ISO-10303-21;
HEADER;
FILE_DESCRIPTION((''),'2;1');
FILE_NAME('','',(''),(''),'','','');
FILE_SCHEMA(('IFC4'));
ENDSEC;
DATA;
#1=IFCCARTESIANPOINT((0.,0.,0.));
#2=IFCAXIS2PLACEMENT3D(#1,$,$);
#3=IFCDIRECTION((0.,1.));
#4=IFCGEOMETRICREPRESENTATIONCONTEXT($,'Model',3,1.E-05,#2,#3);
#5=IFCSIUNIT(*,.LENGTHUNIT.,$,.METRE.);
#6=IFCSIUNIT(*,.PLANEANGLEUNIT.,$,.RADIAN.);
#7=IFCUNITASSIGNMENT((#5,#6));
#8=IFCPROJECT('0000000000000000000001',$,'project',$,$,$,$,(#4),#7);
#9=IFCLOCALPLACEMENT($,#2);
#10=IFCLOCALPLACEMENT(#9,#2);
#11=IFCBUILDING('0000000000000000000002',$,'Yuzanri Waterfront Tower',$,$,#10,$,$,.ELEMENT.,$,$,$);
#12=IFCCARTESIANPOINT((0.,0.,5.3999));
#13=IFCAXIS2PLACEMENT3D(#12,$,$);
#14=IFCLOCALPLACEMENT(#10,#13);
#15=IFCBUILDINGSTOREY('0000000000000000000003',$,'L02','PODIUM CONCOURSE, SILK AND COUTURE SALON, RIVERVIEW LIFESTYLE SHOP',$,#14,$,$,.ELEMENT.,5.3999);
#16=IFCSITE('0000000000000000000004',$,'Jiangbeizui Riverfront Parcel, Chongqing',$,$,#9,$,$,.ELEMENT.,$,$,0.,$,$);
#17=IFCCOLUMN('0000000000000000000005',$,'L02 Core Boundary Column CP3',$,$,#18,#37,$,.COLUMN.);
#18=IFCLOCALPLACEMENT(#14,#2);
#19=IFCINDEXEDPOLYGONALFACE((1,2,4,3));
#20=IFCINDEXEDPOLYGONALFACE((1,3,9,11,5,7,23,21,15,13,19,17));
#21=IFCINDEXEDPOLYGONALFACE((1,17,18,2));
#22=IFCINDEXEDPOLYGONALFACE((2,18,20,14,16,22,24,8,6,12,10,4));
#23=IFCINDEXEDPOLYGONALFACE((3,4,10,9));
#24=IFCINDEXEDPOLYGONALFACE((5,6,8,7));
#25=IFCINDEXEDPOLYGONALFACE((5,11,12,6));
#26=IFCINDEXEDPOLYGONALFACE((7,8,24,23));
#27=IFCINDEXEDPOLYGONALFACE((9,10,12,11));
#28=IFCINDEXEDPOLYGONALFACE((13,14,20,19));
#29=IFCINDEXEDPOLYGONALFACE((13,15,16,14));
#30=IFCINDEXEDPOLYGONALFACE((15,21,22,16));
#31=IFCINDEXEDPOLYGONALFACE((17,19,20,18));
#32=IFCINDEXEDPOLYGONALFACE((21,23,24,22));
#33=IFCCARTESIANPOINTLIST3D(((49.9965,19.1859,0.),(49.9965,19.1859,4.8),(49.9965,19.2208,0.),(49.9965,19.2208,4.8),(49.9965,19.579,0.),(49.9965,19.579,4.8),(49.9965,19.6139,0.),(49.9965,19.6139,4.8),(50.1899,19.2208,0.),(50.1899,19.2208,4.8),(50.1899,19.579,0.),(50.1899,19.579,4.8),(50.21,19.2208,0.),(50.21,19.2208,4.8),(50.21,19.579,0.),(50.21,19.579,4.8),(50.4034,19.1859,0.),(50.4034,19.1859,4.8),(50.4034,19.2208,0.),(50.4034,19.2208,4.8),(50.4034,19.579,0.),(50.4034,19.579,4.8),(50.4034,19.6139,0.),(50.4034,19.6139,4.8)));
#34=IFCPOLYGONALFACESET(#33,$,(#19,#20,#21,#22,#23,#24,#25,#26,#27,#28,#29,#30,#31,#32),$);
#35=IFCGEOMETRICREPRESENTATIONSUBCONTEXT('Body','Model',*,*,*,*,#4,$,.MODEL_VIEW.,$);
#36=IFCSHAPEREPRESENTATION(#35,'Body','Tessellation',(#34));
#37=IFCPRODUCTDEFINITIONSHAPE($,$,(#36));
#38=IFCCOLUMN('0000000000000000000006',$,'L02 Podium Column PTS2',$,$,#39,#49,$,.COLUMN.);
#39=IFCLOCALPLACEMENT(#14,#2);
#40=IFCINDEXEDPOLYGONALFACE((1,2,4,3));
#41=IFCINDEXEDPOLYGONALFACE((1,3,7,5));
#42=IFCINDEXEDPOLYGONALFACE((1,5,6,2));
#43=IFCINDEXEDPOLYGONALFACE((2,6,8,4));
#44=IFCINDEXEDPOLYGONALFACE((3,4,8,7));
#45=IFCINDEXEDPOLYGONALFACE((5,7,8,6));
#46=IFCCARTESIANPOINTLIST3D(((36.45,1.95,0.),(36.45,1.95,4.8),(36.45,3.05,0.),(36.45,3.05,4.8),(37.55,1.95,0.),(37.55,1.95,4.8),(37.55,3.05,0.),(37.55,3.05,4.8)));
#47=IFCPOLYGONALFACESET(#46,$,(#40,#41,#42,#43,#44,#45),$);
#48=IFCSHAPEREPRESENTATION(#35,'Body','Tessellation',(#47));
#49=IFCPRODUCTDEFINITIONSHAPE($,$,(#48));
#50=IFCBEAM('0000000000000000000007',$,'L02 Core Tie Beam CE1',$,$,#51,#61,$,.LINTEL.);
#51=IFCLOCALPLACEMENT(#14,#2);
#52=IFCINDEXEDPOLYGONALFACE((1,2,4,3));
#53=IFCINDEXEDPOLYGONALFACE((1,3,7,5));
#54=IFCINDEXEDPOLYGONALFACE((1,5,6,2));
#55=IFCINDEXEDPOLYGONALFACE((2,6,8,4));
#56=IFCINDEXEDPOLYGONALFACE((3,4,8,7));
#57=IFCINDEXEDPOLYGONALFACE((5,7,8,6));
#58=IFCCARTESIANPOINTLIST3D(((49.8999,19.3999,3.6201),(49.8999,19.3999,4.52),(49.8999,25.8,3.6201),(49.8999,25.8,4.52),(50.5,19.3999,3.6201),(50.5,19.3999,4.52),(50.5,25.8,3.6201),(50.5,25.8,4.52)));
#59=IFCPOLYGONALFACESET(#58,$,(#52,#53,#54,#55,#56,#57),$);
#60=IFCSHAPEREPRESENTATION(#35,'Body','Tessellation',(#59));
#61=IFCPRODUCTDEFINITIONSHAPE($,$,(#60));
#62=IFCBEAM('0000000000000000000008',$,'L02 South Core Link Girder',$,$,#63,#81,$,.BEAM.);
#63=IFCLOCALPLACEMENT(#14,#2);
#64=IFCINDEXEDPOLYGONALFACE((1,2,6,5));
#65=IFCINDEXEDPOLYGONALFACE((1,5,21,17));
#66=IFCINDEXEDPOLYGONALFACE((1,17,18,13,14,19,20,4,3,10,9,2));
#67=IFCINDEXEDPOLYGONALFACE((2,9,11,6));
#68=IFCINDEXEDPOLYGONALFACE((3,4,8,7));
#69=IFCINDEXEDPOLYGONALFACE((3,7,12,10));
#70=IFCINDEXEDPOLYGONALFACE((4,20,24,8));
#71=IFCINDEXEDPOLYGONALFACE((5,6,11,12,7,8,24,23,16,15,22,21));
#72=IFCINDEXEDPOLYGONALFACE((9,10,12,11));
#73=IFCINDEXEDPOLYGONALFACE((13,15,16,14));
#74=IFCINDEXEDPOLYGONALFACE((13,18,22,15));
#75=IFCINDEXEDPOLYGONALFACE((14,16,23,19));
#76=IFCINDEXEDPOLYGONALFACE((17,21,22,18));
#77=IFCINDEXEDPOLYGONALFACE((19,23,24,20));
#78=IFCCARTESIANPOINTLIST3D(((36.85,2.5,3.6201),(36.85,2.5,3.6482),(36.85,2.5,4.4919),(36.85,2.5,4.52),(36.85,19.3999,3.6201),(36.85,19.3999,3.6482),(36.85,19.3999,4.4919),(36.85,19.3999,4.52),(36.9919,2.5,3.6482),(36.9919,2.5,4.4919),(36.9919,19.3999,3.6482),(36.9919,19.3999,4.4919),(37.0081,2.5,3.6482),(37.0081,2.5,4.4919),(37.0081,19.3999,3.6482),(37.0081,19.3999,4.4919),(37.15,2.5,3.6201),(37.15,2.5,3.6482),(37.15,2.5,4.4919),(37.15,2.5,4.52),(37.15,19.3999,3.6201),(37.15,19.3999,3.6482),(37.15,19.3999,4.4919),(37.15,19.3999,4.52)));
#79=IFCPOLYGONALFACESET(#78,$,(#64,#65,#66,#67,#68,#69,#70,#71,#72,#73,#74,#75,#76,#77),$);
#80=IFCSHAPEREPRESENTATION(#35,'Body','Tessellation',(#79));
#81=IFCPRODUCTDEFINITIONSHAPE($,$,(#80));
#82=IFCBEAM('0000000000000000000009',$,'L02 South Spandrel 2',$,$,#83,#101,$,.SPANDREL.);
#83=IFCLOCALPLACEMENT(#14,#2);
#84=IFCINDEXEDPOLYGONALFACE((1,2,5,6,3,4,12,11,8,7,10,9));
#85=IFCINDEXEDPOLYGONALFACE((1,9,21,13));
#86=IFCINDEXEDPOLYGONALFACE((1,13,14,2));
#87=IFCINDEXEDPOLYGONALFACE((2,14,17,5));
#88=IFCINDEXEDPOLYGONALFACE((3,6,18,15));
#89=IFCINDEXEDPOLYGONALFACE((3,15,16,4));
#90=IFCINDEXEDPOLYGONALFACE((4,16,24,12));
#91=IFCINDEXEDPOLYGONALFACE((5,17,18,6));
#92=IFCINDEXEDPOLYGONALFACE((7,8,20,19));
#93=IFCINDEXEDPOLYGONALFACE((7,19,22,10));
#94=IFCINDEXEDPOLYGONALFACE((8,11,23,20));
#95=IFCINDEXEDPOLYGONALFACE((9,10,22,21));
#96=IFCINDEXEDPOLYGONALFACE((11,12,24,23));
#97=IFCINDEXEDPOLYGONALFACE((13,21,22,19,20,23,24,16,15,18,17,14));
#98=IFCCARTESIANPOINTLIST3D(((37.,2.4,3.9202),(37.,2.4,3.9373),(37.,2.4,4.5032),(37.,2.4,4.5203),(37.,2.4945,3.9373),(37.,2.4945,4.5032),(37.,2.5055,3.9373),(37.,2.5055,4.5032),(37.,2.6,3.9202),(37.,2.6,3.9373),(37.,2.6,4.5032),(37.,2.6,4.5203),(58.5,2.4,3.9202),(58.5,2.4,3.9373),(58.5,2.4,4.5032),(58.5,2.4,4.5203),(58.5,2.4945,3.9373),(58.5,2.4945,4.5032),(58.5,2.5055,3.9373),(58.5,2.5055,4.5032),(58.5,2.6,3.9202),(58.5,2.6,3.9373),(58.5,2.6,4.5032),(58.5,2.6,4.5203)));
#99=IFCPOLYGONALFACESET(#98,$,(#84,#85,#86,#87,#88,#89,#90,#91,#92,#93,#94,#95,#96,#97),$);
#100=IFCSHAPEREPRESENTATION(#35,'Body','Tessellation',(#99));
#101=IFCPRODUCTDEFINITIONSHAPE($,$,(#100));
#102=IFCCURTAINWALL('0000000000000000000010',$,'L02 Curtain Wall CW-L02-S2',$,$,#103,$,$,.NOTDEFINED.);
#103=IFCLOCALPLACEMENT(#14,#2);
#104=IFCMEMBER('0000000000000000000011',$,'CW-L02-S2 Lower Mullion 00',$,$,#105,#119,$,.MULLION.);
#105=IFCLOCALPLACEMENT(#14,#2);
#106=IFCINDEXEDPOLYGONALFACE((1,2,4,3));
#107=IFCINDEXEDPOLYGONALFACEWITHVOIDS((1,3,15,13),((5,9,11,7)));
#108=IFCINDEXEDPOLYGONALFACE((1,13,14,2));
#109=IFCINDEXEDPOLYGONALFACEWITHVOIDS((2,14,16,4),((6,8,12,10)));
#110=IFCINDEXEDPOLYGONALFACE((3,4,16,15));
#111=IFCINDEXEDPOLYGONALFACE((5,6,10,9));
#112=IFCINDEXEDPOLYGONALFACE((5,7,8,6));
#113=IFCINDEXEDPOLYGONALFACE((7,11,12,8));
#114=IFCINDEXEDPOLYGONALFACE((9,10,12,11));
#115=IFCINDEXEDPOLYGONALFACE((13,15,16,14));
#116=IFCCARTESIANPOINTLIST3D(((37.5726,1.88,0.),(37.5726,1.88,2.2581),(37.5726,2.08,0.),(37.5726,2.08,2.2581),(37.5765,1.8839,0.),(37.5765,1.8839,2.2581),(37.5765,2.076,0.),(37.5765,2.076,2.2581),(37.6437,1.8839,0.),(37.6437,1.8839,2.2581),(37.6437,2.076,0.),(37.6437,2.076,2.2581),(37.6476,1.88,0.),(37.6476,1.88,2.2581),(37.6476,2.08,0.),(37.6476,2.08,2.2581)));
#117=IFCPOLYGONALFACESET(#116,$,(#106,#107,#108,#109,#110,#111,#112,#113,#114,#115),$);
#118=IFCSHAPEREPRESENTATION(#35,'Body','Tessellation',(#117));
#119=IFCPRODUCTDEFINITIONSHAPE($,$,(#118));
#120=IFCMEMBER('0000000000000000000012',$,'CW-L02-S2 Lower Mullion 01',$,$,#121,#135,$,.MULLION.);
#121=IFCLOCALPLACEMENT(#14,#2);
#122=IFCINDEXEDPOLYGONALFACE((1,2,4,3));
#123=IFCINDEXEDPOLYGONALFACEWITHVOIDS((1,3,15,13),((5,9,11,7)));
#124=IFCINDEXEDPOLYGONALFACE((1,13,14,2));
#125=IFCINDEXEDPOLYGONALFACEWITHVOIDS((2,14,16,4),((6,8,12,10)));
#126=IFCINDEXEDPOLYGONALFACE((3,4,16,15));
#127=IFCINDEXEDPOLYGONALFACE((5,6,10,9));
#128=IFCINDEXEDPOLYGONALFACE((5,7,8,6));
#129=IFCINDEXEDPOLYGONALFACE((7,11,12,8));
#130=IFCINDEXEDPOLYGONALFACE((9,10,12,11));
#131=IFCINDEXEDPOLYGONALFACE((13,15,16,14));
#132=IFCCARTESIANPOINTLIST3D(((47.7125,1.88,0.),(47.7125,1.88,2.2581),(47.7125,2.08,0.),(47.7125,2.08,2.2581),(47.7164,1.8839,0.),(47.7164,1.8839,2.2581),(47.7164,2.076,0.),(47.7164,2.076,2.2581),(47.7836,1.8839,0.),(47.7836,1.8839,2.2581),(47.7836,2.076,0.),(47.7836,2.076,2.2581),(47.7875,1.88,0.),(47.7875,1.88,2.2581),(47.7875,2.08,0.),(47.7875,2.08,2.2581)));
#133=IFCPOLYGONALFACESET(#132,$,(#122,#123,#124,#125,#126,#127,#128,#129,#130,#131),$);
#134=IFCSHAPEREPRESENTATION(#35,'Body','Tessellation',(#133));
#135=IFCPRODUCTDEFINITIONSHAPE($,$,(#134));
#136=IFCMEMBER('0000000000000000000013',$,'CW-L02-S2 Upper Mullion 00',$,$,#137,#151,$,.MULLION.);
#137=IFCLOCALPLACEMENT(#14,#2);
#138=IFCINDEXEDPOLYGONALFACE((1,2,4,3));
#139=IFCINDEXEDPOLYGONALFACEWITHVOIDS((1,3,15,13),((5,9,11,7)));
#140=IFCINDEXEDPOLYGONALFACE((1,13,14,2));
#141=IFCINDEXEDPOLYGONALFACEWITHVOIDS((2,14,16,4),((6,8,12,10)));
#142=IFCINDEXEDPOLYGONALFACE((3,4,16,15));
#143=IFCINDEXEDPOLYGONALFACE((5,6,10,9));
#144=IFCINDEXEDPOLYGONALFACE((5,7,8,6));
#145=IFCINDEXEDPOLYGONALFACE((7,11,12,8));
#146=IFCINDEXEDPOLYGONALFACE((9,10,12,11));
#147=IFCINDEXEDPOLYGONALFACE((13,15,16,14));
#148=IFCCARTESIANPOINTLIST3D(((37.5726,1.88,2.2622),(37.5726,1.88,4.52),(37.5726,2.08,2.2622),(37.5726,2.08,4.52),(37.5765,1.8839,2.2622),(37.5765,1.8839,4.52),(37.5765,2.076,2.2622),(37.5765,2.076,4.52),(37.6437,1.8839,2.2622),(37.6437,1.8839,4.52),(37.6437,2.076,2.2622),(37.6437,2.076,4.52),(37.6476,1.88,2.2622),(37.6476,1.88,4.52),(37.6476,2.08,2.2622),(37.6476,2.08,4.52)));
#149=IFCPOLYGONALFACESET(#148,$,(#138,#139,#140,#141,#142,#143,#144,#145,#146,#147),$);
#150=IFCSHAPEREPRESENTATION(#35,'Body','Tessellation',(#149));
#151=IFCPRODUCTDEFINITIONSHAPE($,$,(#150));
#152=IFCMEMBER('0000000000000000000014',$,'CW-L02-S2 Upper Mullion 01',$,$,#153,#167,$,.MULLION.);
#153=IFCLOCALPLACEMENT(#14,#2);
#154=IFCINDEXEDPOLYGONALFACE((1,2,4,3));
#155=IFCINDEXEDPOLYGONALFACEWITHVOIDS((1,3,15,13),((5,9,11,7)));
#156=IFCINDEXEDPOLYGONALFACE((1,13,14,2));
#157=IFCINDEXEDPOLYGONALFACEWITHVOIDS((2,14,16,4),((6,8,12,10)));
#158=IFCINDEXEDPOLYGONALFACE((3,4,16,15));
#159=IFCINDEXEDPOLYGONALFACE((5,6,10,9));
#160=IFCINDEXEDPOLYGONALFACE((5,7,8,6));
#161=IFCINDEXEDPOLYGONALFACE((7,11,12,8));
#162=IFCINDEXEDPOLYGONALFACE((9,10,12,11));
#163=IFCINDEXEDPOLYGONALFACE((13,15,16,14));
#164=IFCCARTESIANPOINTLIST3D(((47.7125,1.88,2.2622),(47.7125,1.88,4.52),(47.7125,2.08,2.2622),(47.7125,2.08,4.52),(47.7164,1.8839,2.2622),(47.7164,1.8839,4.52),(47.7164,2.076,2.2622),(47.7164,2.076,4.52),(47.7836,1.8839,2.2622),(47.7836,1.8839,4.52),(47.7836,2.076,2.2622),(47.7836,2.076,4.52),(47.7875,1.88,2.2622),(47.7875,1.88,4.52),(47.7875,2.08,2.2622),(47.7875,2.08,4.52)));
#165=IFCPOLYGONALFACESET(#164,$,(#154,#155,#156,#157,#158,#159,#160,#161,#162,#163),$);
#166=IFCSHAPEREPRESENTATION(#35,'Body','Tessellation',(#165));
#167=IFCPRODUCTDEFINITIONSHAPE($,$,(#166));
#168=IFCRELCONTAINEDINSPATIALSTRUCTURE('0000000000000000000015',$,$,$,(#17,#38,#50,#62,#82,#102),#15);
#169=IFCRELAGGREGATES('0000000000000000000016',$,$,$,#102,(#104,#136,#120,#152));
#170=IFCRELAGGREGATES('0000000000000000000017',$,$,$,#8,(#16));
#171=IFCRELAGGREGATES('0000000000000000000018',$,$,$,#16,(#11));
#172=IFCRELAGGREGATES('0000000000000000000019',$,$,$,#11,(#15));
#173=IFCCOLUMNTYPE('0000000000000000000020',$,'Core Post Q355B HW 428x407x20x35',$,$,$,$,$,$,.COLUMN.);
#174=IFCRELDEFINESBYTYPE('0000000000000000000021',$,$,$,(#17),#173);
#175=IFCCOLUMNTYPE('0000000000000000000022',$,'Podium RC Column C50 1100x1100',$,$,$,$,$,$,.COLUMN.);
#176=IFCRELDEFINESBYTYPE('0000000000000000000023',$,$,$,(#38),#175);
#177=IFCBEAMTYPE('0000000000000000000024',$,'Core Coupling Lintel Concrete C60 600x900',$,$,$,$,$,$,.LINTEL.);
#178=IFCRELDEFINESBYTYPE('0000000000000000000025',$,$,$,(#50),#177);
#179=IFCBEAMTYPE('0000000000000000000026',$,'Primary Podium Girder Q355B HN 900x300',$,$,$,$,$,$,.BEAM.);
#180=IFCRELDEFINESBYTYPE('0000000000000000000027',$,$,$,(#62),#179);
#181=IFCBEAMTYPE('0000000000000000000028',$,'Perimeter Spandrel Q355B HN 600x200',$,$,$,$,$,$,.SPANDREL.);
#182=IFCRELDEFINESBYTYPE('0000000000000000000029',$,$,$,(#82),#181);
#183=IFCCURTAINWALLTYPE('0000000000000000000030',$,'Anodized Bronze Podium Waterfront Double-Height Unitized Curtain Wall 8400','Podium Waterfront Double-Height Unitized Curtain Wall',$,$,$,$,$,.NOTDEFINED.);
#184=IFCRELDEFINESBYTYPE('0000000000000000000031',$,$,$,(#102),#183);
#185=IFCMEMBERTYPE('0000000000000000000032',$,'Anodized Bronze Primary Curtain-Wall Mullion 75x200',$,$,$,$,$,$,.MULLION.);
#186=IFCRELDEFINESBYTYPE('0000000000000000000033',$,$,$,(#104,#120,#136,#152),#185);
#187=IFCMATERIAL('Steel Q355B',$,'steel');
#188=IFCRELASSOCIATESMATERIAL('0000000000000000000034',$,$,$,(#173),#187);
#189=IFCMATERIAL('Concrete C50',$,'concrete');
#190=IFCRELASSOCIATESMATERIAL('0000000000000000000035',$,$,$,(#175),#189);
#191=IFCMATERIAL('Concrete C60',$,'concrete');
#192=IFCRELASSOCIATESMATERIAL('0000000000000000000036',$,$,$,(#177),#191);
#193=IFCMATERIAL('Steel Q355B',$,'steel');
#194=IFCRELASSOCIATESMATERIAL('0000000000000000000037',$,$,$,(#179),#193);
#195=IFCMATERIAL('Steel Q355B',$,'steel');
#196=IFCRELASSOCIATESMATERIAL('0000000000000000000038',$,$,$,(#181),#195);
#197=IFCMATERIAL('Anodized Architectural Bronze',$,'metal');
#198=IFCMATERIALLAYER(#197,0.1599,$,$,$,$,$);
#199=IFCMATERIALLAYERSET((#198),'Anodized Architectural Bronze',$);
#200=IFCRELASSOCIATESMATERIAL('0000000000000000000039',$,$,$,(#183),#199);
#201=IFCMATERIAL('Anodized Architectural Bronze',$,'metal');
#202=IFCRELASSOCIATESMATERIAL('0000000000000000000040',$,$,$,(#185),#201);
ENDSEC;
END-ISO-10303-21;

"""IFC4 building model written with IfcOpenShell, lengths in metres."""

from ifc_helpers import new_model, si_unit, direction, frame, origin, origin_2d, place, context, subcontext, project, spatial, rectangle, hollow_rectangle, i_section, extrude, source, transform, mapped, material, layer, layer_set, material_profile, profile_set, type_object, element, aggregate, save


model = new_model("IFC4")

# Units and contexts
model_context = context("Model", 3, precision=1e-05, world=origin(), true_north=direction((0.0, 1.0)))
body_context = subcontext(model_context, "Body", "Model", "MODEL_VIEW")
ifc_project = project(units=[si_unit("LENGTHUNIT", "METRE"), si_unit("PLANEANGLEUNIT", "RADIAN")], contexts=[model_context])

# Site, building, storey
site_placement = place(None, origin())
site = spatial("IfcSite", under=ifc_project, at=site_placement, Name="Jiangbeizui Riverfront Parcel, Chongqing", CompositionType="ELEMENT", RefElevation=0.0)
building_placement = place(site_placement, origin())
building = spatial("IfcBuilding", under=site, at=building_placement, Name="Yuzanri Waterfront Tower", CompositionType="ELEMENT")
storey_placement = place(building_placement, frame((0.0, 0.0, 5.3999)))
storey = spatial("IfcBuildingStorey", under=building, at=storey_placement, Name="L02", Description="PODIUM CONCOURSE, SILK AND COUTURE SALON, RIVERVIEW LIFESTYLE SHOP", CompositionType="ELEMENT", Elevation=5.3999)

# Columns
ifc_material_1 = material(Name="Steel Q355B", Category="steel")
ifc_material_profile_1 = material_profile(ifc_material_1, i_section(OverallWidth=0.407, OverallDepth=0.428, WebThickness=0.02, FlangeThickness=0.0349, at=origin_2d()), Name="HW 428x407x20x35")
ifc_profile_set_1 = profile_set([ifc_material_profile_1], Name="Steel Q355B")
column_type_1 = type_object("IfcColumnType", Name="Core Post Q355B HW 428x407x20x35", PredefinedType="COLUMN", material=ifc_profile_set_1)
shared_shape_1 = source(origin(), body_context, "Body", "SweptSolid", [
    extrude(i_section(OverallWidth=0.407, OverallDepth=0.428, WebThickness=0.02, FlangeThickness=0.0349, at=origin_2d()), origin(), (0.0, 0.0, 1.0), 4.8),
])
column_1_placement = place(storey_placement, frame((50.2, 19.3999, 0.0), z_axis=(0.0, 0.0, 1.0), x_axis=(1.0, 0.0, 0.0)))
element("IfcColumn", 1, at=column_1_placement, inside=storey, type_object=column_type_1, Name="L02 Core Boundary Column CP3", PredefinedType="COLUMN", context=body_context, shape_type="MappedRepresentation", body=[
    mapped(shared_shape_1, transform((0.0, 0.0, 0.0), scale=1.0)),
])
ifc_material_2 = material(Name="Concrete C50", Category="concrete")
ifc_material_profile_2 = material_profile(ifc_material_2, rectangle(XDim=1.1001, YDim=1.1001, at=origin_2d()), Name="RC 1100x1100")
ifc_profile_set_2 = profile_set([ifc_material_profile_2], Name="Concrete C50")
column_type_2 = type_object("IfcColumnType", Name="Podium RC Column C50 1100x1100", PredefinedType="COLUMN", material=ifc_profile_set_2)
shared_shape_2 = source(origin(), body_context, "Body", "SweptSolid", [
    extrude(rectangle(XDim=1.1001, YDim=1.1001, at=origin_2d()), origin(), (0.0, 0.0, 1.0), 4.8),
])
column_2_placement = place(storey_placement, frame((37.0, 2.5, 0.0), z_axis=(0.0, 0.0, 1.0), x_axis=(1.0, 0.0, 0.0)))
element("IfcColumn", 2, at=column_2_placement, inside=storey, type_object=column_type_2, Name="L02 Podium Column PTS2", PredefinedType="COLUMN", context=body_context, shape_type="MappedRepresentation", body=[
    mapped(shared_shape_2, transform((0.0, 0.0, 0.0), scale=1.0)),
])

# Beams
ifc_material_3 = material(Name="Concrete C60", Category="concrete")
ifc_material_profile_3 = material_profile(ifc_material_3, rectangle(XDim=0.6001, YDim=0.8999, at=origin_2d()), Name="RC 600x900")
ifc_profile_set_3 = profile_set([ifc_material_profile_3], Name="Concrete C60")
beam_type_1 = type_object("IfcBeamType", Name="Core Coupling Lintel Concrete C60 600x900", PredefinedType="LINTEL", material=ifc_profile_set_3)
shared_shape_3 = source(origin(), body_context, "Body", "SweptSolid", [
    extrude(rectangle(XDim=0.6001, YDim=0.8999, at=origin_2d()), origin(), (0.0, 0.0, 1.0), 6.4001),
])
beam_1_placement = place(storey_placement, frame((50.2, 19.3999, 4.0701), z_axis=(0.0, 1.0, 0.0), x_axis=(-1.0, 0.0, 0.0)))
element("IfcBeam", 3, at=beam_1_placement, inside=storey, type_object=beam_type_1, Name="L02 Core Tie Beam CE1", PredefinedType="LINTEL", context=body_context, shape_type="MappedRepresentation", body=[
    mapped(shared_shape_3, transform((0.0, 0.0, 0.0), scale=1.0)),
])
ifc_material_4 = material(Name="Steel Q355B", Category="steel")
ifc_material_profile_4 = material_profile(ifc_material_4, i_section(OverallWidth=0.3, OverallDepth=0.8999, WebThickness=0.0161, FlangeThickness=0.0281, at=origin_2d()), Name="HN 900x300x16x28")
ifc_profile_set_4 = profile_set([ifc_material_profile_4], Name="Steel Q355B")
beam_type_2 = type_object("IfcBeamType", Name="Primary Podium Girder Q355B HN 900x300", PredefinedType="BEAM", material=ifc_profile_set_4)
shared_shape_4 = source(origin(), body_context, "Body", "SweptSolid", [
    extrude(i_section(OverallWidth=0.3, OverallDepth=0.8999, WebThickness=0.0161, FlangeThickness=0.0281, at=origin_2d()), origin(), (0.0, 0.0, 1.0), 16.8999),
])
beam_2_placement = place(storey_placement, frame((37.0, 2.5, 4.0701), z_axis=(0.0, 1.0, 0.0), x_axis=(-1.0, 0.0, 0.0)))
element("IfcBeam", 4, at=beam_2_placement, inside=storey, type_object=beam_type_2, Name="L02 South Core Link Girder", PredefinedType="BEAM", context=body_context, shape_type="MappedRepresentation", body=[
    mapped(shared_shape_4, transform((0.0, 0.0, 0.0), scale=1.0)),
])
ifc_material_5 = material(Name="Steel Q355B", Category="steel")
ifc_material_profile_5 = material_profile(ifc_material_5, i_section(OverallWidth=0.2, OverallDepth=0.6001, WebThickness=0.011, FlangeThickness=0.0171, at=origin_2d()), Name="HN 600x200x11x17")
ifc_profile_set_5 = profile_set([ifc_material_profile_5], Name="Steel Q355B")
beam_type_3 = type_object("IfcBeamType", Name="Perimeter Spandrel Q355B HN 600x200", PredefinedType="SPANDREL", material=ifc_profile_set_5)
shared_shape_5 = source(origin(), body_context, "Body", "SweptSolid", [
    extrude(i_section(OverallWidth=0.2, OverallDepth=0.6001, WebThickness=0.011, FlangeThickness=0.0171, at=origin_2d()), origin(), (0.0, 0.0, 1.0), 21.5),
])
beam_3_placement = place(storey_placement, frame((37.0, 2.5, 4.2202), z_axis=(1.0, 0.0, 0.0), x_axis=(0.0, 1.0, 0.0)))
element("IfcBeam", 5, at=beam_3_placement, inside=storey, type_object=beam_type_3, Name="L02 South Spandrel 2", PredefinedType="SPANDREL", context=body_context, shape_type="MappedRepresentation", body=[
    mapped(shared_shape_5, transform((0.0, 0.0, 0.0), scale=1.0)),
])

# Curtain wall, members
ifc_material_6 = material(Name="Anodized Architectural Bronze", Category="metal")
ifc_layer_1 = layer(ifc_material_6, 0.1599)
ifc_layer_set_1 = layer_set([ifc_layer_1], Name="Anodized Architectural Bronze")
curtain_wall_type = type_object("IfcCurtainWallType", Name="Anodized Bronze Podium Waterfront Double-Height Unitized Curtain Wall 8400", Description="Podium Waterfront Double-Height Unitized Curtain Wall", PredefinedType="NOTDEFINED", material=ifc_layer_set_1)
curtain_wall_placement = place(storey_placement, origin())
curtain_wall = element("IfcCurtainWall", 6, at=curtain_wall_placement, inside=storey, type_object=curtain_wall_type, Name="L02 Curtain Wall CW-L02-S2", PredefinedType="NOTDEFINED")
ifc_material_7 = material(Name="Anodized Architectural Bronze", Category="metal")
ifc_material_profile_6 = material_profile(ifc_material_7, hollow_rectangle(XDim=0.075, YDim=0.2, WallThickness=0.0039, at=origin_2d()), Name="CWM 75x200")
ifc_profile_set_6 = profile_set([ifc_material_profile_6], Name="Anodized Architectural Bronze")
member_type_1 = type_object("IfcMemberType", Name="Anodized Bronze Primary Curtain-Wall Mullion 75x200", PredefinedType="MULLION", material=ifc_profile_set_6)
shared_shape_6 = source(origin(), body_context, "Body", "SweptSolid", [
    extrude(hollow_rectangle(XDim=0.075, YDim=0.2, WallThickness=0.0039, at=origin_2d()), origin(), (0.0, 0.0, 1.0), 2.2581),
])
member_1_placement = place(storey_placement, frame((37.6101, 1.98, 0.0), z_axis=(0.0, 0.0, 1.0), x_axis=(1.0, 0.0, 0.0)))
member_1 = element("IfcMember", 7, at=member_1_placement, type_object=member_type_1, Name="CW-L02-S2 Lower Mullion 00", PredefinedType="MULLION", context=body_context, shape_type="MappedRepresentation", body=[
    mapped(shared_shape_6, transform((0.0, 0.0, 0.0), scale=1.0)),
])
member_2_placement = place(storey_placement, frame((47.75, 1.98, 0.0), z_axis=(0.0, 0.0, 1.0), x_axis=(1.0, 0.0, 0.0)))
member_2 = element("IfcMember", 8, at=member_2_placement, type_object=member_type_1, Name="CW-L02-S2 Lower Mullion 01", PredefinedType="MULLION", context=body_context, shape_type="MappedRepresentation", body=[
    mapped(shared_shape_6, transform((0.0, 0.0, 0.0), scale=1.0)),
])
shared_shape_7 = source(origin(), body_context, "Body", "SweptSolid", [
    extrude(hollow_rectangle(XDim=0.075, YDim=0.2, WallThickness=0.0039, at=origin_2d()), origin(), (0.0, 0.0, 1.0), 2.2578),
])
member_3_placement = place(storey_placement, frame((37.6101, 1.98, 2.2622), z_axis=(0.0, 0.0, 1.0), x_axis=(1.0, 0.0, 0.0)))
member_3 = element("IfcMember", 9, at=member_3_placement, type_object=member_type_1, Name="CW-L02-S2 Upper Mullion 00", PredefinedType="MULLION", context=body_context, shape_type="MappedRepresentation", body=[
    mapped(shared_shape_7, transform((0.0, 0.0, 0.0), scale=1.0)),
])
member_4_placement = place(storey_placement, frame((47.75, 1.98, 2.2622), z_axis=(0.0, 0.0, 1.0), x_axis=(1.0, 0.0, 0.0)))
member_4 = element("IfcMember", 10, at=member_4_placement, type_object=member_type_1, Name="CW-L02-S2 Upper Mullion 01", PredefinedType="MULLION", context=body_context, shape_type="MappedRepresentation", body=[
    mapped(shared_shape_7, transform((0.0, 0.0, 0.0), scale=1.0)),
])
aggregate(curtain_wall, [member_1, member_3, member_2, member_4])

save(model, "model.ifc")
